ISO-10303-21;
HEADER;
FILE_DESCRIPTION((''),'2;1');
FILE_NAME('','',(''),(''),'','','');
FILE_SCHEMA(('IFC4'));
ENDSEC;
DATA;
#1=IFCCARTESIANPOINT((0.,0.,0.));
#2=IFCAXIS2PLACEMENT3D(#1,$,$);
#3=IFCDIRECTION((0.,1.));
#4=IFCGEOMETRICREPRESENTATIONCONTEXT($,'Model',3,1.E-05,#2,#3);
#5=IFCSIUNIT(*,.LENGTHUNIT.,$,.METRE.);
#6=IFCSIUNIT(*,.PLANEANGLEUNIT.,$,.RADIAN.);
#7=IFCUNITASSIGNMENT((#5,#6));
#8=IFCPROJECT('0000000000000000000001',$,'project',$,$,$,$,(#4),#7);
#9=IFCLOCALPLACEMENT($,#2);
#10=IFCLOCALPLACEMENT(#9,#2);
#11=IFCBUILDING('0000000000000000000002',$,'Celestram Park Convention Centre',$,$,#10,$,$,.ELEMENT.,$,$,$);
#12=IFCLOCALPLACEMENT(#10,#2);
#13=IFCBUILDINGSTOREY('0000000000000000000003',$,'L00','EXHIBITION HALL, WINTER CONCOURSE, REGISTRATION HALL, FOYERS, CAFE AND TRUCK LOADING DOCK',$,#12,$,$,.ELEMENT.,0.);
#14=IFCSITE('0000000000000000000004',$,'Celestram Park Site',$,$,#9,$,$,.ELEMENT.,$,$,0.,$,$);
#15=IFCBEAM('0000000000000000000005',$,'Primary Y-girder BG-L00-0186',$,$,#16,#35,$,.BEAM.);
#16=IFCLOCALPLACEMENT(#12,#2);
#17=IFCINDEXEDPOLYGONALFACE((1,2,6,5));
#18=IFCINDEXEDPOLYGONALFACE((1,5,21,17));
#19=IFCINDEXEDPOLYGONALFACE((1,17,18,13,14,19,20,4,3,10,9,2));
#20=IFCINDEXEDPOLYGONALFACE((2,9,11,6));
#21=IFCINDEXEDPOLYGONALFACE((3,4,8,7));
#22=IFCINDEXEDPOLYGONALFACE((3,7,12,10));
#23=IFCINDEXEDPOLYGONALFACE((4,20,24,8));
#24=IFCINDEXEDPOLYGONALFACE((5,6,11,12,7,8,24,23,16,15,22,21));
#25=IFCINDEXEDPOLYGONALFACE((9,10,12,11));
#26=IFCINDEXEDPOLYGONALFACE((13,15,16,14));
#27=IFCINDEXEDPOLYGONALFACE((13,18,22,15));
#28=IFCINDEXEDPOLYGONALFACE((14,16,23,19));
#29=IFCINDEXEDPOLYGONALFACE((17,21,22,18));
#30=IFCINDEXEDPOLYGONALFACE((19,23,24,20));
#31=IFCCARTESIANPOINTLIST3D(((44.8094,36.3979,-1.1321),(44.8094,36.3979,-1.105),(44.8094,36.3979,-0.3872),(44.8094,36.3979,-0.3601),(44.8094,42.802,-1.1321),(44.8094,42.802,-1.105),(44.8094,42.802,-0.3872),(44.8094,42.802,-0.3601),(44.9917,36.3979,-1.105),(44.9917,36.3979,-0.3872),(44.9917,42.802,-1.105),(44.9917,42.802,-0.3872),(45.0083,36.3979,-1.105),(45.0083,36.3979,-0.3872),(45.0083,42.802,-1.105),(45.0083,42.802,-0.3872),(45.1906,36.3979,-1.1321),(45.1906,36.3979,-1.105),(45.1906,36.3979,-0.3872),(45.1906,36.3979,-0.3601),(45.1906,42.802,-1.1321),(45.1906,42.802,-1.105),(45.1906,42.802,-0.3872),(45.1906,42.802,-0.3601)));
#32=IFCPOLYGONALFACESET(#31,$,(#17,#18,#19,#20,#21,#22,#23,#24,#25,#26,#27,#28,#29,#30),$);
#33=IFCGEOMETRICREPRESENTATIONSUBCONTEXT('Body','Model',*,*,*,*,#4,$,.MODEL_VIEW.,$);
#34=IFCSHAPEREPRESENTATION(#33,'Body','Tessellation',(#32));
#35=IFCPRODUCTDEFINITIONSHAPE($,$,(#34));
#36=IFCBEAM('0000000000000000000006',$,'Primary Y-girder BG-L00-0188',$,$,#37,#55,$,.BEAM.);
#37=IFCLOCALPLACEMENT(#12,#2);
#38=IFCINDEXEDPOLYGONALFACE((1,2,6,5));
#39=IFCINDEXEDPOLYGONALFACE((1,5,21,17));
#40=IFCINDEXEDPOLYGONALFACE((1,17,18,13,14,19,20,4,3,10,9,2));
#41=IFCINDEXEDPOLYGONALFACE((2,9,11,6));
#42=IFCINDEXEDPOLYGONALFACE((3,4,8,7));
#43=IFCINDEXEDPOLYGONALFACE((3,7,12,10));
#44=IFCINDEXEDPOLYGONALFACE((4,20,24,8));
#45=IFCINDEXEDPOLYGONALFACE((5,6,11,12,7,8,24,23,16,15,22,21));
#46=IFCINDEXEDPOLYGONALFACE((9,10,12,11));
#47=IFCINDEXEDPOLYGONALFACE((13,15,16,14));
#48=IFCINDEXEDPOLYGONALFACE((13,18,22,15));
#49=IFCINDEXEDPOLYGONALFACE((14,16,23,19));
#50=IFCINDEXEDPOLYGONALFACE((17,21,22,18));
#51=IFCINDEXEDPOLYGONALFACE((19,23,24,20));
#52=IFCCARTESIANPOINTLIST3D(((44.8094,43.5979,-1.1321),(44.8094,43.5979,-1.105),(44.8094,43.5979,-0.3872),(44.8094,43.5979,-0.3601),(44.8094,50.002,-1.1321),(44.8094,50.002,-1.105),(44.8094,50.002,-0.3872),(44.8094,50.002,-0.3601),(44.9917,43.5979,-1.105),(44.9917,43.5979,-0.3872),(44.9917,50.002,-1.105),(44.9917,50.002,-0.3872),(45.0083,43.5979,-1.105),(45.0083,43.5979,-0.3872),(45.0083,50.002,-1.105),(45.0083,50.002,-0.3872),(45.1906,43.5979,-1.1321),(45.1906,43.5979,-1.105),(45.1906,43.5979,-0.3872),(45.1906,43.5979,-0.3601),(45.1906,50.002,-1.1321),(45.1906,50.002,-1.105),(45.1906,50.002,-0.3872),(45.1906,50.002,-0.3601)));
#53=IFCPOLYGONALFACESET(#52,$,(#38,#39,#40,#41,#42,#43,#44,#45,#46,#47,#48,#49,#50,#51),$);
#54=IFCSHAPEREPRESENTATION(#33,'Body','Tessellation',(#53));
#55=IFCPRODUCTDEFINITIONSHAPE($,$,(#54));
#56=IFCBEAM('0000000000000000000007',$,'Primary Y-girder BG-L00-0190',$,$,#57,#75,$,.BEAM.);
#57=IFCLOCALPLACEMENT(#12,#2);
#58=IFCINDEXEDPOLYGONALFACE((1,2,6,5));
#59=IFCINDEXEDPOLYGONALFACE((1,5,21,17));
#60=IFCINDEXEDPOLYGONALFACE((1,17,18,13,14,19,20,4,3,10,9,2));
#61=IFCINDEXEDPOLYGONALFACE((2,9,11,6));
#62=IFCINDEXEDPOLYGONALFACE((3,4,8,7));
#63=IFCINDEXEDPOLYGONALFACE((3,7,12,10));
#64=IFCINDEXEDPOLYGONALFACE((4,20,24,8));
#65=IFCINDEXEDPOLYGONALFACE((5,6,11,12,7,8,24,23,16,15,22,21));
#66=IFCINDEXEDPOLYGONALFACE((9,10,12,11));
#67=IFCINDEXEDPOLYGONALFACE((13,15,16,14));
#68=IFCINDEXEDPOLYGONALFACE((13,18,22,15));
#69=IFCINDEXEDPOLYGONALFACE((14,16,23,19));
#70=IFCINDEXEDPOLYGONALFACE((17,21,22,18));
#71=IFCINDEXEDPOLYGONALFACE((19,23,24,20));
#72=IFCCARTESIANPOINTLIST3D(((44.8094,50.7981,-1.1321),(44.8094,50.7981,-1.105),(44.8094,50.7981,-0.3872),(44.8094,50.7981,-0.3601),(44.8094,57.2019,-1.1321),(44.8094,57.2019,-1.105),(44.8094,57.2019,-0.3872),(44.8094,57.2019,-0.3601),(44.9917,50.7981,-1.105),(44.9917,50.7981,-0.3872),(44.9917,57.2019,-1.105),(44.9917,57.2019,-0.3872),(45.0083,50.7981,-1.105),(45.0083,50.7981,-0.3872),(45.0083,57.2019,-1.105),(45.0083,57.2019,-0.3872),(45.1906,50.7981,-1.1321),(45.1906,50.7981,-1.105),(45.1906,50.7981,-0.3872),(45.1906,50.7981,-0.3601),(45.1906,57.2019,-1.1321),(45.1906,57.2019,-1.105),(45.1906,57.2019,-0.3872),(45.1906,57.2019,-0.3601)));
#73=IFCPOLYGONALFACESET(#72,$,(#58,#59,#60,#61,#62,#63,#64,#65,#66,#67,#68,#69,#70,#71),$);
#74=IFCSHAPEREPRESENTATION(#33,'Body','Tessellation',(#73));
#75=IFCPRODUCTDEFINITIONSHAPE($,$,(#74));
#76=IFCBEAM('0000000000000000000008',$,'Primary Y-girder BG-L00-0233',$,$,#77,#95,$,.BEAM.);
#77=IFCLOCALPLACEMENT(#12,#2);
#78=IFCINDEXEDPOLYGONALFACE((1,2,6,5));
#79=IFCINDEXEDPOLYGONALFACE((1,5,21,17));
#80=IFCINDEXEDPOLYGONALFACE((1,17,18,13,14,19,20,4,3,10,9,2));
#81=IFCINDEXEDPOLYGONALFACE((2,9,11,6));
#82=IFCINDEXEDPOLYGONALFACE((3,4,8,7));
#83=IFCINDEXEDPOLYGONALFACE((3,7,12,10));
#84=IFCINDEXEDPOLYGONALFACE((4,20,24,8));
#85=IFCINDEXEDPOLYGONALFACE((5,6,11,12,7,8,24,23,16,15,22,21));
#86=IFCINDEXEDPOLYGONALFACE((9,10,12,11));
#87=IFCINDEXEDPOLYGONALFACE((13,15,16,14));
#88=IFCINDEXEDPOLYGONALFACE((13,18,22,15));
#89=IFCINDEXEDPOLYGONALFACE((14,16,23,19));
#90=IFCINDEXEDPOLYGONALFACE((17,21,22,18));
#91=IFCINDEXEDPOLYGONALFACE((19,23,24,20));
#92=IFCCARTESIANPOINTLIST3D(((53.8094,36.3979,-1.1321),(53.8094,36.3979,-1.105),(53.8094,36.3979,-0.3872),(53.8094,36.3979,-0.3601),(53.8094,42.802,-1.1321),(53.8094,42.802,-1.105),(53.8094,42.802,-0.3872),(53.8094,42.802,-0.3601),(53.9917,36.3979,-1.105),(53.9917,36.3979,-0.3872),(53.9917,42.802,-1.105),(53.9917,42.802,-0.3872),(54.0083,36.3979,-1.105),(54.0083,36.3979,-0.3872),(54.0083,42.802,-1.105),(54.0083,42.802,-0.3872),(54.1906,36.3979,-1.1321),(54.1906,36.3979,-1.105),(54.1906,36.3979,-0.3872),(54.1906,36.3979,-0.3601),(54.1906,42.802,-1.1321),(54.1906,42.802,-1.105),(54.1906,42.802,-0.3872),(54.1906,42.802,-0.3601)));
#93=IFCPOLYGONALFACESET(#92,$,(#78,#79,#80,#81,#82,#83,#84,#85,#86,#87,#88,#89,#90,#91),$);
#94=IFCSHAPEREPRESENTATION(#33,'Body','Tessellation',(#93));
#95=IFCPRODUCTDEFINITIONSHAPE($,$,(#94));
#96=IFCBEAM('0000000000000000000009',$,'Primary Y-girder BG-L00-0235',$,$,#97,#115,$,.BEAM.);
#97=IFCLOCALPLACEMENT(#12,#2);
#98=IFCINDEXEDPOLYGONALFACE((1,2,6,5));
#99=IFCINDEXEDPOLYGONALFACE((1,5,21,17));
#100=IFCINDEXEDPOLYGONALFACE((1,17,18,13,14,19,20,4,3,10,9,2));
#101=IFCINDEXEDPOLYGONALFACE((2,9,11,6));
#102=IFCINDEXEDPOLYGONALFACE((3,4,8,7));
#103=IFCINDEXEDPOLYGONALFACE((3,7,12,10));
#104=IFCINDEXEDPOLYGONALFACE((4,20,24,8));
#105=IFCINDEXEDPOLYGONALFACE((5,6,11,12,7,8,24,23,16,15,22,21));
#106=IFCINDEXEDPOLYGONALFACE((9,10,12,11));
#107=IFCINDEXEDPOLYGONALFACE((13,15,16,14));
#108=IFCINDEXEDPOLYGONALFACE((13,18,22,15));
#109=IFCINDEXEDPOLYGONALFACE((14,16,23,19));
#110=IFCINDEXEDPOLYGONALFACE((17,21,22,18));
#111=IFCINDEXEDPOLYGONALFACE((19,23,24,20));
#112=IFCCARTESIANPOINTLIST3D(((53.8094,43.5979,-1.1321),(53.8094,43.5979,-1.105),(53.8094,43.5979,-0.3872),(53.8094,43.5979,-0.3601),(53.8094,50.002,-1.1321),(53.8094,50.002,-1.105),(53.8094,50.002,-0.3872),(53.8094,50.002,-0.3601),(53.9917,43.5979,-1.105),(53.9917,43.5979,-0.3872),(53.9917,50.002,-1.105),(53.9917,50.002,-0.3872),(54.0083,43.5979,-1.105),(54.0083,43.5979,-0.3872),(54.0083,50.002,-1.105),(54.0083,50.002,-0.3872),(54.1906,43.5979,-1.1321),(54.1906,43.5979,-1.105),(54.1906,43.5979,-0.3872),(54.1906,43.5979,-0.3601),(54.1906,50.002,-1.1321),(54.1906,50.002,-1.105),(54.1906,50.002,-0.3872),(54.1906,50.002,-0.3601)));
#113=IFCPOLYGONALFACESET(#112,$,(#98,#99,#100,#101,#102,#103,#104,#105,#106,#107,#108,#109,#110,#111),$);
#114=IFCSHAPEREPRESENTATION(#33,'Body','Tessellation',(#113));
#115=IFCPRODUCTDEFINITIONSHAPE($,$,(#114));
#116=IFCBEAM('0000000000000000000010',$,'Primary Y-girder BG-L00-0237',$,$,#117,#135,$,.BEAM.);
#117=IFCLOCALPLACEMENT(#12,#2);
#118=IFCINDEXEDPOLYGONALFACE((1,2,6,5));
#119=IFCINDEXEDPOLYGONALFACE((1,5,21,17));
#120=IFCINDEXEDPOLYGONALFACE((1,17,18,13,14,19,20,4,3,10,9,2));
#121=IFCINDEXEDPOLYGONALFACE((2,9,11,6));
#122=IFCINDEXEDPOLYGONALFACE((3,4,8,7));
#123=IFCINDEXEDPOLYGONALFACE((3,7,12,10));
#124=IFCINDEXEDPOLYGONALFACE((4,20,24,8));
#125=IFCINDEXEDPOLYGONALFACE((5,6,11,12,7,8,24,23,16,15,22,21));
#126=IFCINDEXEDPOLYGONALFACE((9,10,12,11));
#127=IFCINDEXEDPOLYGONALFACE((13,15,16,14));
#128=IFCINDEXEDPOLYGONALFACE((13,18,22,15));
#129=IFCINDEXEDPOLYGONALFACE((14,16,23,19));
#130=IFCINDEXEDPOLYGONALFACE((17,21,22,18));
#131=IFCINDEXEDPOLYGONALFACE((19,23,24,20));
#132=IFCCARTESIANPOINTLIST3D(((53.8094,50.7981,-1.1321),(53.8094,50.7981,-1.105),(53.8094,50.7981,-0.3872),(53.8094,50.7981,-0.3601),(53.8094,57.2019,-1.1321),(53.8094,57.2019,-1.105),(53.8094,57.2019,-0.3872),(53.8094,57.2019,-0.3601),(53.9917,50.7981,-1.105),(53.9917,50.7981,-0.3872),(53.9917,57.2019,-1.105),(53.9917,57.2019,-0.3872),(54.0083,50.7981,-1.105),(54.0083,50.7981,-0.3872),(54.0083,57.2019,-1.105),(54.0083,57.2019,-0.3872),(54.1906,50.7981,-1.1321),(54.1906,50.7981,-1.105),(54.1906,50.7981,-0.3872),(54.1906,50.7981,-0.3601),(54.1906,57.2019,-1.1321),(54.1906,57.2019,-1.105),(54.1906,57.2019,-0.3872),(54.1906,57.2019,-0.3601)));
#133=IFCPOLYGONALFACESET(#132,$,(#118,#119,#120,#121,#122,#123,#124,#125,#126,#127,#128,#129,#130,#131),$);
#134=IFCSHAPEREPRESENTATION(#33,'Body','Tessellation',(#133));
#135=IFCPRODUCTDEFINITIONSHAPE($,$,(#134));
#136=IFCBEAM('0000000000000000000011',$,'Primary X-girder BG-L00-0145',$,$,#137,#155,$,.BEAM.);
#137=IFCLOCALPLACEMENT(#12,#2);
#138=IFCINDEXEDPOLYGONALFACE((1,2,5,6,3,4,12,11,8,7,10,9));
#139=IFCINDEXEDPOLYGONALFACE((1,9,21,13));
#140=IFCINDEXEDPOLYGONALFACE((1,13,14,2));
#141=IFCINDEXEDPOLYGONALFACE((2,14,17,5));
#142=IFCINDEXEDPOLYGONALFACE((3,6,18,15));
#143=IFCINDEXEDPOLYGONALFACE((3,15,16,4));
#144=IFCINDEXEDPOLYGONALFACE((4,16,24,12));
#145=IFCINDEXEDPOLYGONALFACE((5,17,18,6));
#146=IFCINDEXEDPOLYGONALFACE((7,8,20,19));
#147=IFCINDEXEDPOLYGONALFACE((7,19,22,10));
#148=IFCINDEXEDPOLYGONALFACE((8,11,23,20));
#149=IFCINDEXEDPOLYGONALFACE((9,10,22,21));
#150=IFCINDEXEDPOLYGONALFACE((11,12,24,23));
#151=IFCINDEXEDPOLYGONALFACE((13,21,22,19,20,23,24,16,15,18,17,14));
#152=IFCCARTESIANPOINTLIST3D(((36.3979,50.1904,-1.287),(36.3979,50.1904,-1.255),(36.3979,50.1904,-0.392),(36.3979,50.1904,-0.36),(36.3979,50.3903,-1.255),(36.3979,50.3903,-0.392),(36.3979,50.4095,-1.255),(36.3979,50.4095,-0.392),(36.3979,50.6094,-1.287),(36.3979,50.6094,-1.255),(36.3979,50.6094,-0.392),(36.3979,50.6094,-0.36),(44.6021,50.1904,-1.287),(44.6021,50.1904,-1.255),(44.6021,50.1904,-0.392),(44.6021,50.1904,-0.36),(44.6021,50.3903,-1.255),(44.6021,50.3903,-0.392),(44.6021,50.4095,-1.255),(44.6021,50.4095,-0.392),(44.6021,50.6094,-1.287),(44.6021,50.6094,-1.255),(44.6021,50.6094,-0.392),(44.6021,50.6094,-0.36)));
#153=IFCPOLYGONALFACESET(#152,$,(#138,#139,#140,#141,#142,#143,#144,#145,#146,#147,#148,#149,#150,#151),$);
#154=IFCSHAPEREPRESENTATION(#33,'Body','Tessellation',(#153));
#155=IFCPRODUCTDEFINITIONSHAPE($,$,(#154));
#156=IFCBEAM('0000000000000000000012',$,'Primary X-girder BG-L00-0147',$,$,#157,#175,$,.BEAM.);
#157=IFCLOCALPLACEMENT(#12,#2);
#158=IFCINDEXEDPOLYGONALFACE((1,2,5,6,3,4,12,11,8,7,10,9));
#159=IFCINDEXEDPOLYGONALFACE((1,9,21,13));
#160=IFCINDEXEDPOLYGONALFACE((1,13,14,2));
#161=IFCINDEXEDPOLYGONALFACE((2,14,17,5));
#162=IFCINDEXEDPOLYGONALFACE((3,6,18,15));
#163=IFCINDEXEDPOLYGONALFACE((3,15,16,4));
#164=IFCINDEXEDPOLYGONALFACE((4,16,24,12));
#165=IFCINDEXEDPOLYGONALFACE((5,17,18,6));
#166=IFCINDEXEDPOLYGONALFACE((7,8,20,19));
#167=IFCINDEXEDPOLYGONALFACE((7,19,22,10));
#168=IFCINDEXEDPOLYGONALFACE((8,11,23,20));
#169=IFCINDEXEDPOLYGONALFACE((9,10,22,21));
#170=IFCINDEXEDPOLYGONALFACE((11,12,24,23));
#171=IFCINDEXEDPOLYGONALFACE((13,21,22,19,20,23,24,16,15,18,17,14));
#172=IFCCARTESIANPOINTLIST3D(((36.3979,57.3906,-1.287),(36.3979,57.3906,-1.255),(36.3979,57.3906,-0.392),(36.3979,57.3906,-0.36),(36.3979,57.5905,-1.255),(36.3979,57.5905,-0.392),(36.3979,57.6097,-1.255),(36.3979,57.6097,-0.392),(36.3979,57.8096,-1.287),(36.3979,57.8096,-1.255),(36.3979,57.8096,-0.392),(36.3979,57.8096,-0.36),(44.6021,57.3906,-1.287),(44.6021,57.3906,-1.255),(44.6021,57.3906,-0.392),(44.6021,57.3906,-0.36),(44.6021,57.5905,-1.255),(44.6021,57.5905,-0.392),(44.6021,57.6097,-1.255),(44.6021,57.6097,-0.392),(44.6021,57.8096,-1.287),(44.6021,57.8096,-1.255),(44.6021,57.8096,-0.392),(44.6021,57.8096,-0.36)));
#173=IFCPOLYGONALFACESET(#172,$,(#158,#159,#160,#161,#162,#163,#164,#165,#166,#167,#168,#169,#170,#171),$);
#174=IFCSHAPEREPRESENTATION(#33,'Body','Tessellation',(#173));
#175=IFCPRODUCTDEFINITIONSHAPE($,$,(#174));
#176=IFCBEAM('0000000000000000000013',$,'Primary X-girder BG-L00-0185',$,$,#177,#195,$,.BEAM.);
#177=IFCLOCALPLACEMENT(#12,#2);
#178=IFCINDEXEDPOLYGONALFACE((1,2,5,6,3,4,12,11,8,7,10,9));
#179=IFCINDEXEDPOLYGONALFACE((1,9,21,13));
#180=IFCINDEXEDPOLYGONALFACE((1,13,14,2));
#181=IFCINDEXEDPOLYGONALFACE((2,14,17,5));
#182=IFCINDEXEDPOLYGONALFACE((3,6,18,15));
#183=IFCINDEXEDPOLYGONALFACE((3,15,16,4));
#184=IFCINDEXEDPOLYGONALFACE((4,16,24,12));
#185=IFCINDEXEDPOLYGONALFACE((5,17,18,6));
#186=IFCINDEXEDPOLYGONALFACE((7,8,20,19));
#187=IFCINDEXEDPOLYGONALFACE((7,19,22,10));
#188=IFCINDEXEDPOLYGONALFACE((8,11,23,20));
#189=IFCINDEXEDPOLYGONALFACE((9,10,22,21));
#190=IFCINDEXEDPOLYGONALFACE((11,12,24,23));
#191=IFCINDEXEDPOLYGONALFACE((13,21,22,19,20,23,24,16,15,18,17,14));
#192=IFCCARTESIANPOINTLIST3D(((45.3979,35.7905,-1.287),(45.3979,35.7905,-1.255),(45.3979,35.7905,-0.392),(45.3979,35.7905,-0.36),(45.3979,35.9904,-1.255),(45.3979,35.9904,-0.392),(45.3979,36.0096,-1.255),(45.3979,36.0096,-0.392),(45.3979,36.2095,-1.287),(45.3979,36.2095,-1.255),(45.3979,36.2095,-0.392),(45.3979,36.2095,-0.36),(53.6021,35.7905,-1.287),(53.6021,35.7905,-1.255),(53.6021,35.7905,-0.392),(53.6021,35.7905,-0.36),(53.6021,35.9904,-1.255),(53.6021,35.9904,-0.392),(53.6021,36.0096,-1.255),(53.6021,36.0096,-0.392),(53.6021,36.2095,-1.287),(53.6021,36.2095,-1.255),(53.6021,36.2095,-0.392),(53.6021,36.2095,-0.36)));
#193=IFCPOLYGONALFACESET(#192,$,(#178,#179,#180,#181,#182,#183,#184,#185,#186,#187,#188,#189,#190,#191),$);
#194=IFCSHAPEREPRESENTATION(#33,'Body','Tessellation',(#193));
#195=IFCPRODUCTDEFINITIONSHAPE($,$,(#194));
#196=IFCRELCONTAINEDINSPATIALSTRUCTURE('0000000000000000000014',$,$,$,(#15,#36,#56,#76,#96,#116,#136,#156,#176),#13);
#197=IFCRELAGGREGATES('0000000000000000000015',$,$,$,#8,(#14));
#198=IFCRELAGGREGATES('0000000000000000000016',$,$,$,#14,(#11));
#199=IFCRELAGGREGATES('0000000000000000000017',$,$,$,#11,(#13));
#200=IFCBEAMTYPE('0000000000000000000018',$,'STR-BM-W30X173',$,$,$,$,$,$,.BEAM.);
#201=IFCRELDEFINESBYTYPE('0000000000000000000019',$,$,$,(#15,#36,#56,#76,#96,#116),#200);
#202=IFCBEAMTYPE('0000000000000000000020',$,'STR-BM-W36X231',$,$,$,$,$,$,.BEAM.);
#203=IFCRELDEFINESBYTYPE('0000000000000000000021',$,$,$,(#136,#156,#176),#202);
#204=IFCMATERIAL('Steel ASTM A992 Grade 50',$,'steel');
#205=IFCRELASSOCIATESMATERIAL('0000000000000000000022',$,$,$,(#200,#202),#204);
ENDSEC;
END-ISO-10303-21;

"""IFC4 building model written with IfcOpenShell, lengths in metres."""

from ifc_helpers import new_model, si_unit, direction, frame, origin, origin_2d, place, context, subcontext, project, spatial, i_section, extrude, material, material_profile, profile_set, type_object, element, save


model = new_model("IFC4")

# Units and contexts
model_context = context("Model", 3, precision=1e-05, world=origin(), true_north=direction((0.0, 1.0)))
body_context = subcontext(model_context, "Body", "Model", "MODEL_VIEW")
ifc_project = project(units=[si_unit("LENGTHUNIT", "METRE"), si_unit("PLANEANGLEUNIT", "RADIAN")], contexts=[model_context])

# Site, building, storey
site_placement = place(None, origin())
site = spatial("IfcSite", under=ifc_project, at=site_placement, Name="Celestram Park Site", CompositionType="ELEMENT", RefElevation=0.0)
building_placement = place(site_placement, origin())
building = spatial("IfcBuilding", under=site, at=building_placement, Name="Celestram Park Convention Centre", CompositionType="ELEMENT")
storey_placement = place(building_placement, origin())
storey = spatial("IfcBuildingStorey", under=building, at=storey_placement, Name="L00", Description="EXHIBITION HALL, WINTER CONCOURSE, REGISTRATION HALL, FOYERS, CAFE AND TRUCK LOADING DOCK", CompositionType="ELEMENT", Elevation=0.0)

# Beams
ifc_material_1 = material(Name="Steel ASTM A992 Grade 50", Category="steel")
ifc_material_profile_1 = material_profile(ifc_material_1, i_section(OverallWidth=0.3811, OverallDepth=0.772, WebThickness=0.0166, FlangeThickness=0.0271, at=origin_2d()), Name="W30X173")
ifc_profile_set_1 = profile_set([ifc_material_profile_1], Name="Steel ASTM A992 Grade 50")
beam_type_1 = type_object("IfcBeamType", Name="STR-BM-W30X173", PredefinedType="BEAM", material=ifc_profile_set_1)
for number, where, z_axis, x_axis, name in (
    (1, (45.0, 36.3979, -0.7461), (0.0, 1.0, 0.0), (-1.0, 0.0, 0.0), "Primary Y-girder BG-L00-0186"),
    (2, (45.0, 43.5979, -0.7461), (0.0, 1.0, 0.0), (-1.0, 0.0, 0.0), "Primary Y-girder BG-L00-0188"),
):
    element("IfcBeam", number, at=place(storey_placement, frame(where, z_axis=z_axis, x_axis=x_axis)), inside=storey, type_object=beam_type_1, Name=name, PredefinedType="BEAM", context=body_context, shape_type="SweptSolid", body=[
        extrude(i_section(OverallWidth=0.3811, OverallDepth=0.772, WebThickness=0.0166, FlangeThickness=0.0271, at=origin_2d()), origin(), (0.0, 0.0, 1.0), 6.4041),
    ])
beam_1_placement = place(storey_placement, frame((45.0, 50.7981, -0.7461), z_axis=(0.0, 1.0, 0.0), x_axis=(-1.0, 0.0, 0.0)))
element("IfcBeam", 3, at=beam_1_placement, inside=storey, type_object=beam_type_1, Name="Primary Y-girder BG-L00-0190", PredefinedType="BEAM", context=body_context, shape_type="SweptSolid", body=[
    extrude(i_section(OverallWidth=0.3811, OverallDepth=0.772, WebThickness=0.0166, FlangeThickness=0.0271, at=origin_2d()), origin(), (0.0, 0.0, 1.0), 6.4038),
])
for number, where, z_axis, x_axis, name in (
    (4, (54.0, 36.3979, -0.7461), (0.0, 1.0, 0.0), (-1.0, 0.0, 0.0), "Primary Y-girder BG-L00-0233"),
    (5, (54.0, 43.5979, -0.7461), (0.0, 1.0, 0.0), (-1.0, 0.0, 0.0), "Primary Y-girder BG-L00-0235"),
):
    element("IfcBeam", number, at=place(storey_placement, frame(where, z_axis=z_axis, x_axis=x_axis)), inside=storey, type_object=beam_type_1, Name=name, PredefinedType="BEAM", context=body_context, shape_type="SweptSolid", body=[
        extrude(i_section(OverallWidth=0.3811, OverallDepth=0.772, WebThickness=0.0166, FlangeThickness=0.0271, at=origin_2d()), origin(), (0.0, 0.0, 1.0), 6.4041),
    ])
beam_2_placement = place(storey_placement, frame((54.0, 50.7981, -0.7461), z_axis=(0.0, 1.0, 0.0), x_axis=(-1.0, 0.0, 0.0)))
element("IfcBeam", 6, at=beam_2_placement, inside=storey, type_object=beam_type_1, Name="Primary Y-girder BG-L00-0237", PredefinedType="BEAM", context=body_context, shape_type="SweptSolid", body=[
    extrude(i_section(OverallWidth=0.3811, OverallDepth=0.772, WebThickness=0.0166, FlangeThickness=0.0271, at=origin_2d()), origin(), (0.0, 0.0, 1.0), 6.4038),
])
ifc_material_profile_2 = material_profile(ifc_material_1, i_section(OverallWidth=0.4189, OverallDepth=0.927, WebThickness=0.0193, FlangeThickness=0.032, at=origin_2d()), Name="W36X231")
ifc_profile_set_2 = profile_set([ifc_material_profile_2], Name="Steel ASTM A992 Grade 50")
beam_type_2 = type_object("IfcBeamType", Name="STR-BM-W36X231", PredefinedType="BEAM", material=ifc_profile_set_2)
for number, where, z_axis, x_axis, name in (
    (7, (36.3979, 50.3999, -0.8235), (1.0, 0.0, 0.0), (0.0, 1.0, 0.0), "Primary X-girder BG-L00-0145"),
    (8, (36.3979, 57.6001, -0.8235), (1.0, 0.0, 0.0), (0.0, 1.0, 0.0), "Primary X-girder BG-L00-0147"),
    (9, (45.3979, 36.0, -0.8235), (1.0, 0.0, 0.0), (0.0, 1.0, 0.0), "Primary X-girder BG-L00-0185"),
):
    element("IfcBeam", number, at=place(storey_placement, frame(where, z_axis=z_axis, x_axis=x_axis)), inside=storey, type_object=beam_type_2, Name=name, PredefinedType="BEAM", context=body_context, shape_type="SweptSolid", body=[
        extrude(i_section(OverallWidth=0.4189, OverallDepth=0.927, WebThickness=0.0193, FlangeThickness=0.032, at=origin_2d()), origin(), (0.0, 0.0, 1.0), 8.2041),
    ])

save(model, "model.ifc")
